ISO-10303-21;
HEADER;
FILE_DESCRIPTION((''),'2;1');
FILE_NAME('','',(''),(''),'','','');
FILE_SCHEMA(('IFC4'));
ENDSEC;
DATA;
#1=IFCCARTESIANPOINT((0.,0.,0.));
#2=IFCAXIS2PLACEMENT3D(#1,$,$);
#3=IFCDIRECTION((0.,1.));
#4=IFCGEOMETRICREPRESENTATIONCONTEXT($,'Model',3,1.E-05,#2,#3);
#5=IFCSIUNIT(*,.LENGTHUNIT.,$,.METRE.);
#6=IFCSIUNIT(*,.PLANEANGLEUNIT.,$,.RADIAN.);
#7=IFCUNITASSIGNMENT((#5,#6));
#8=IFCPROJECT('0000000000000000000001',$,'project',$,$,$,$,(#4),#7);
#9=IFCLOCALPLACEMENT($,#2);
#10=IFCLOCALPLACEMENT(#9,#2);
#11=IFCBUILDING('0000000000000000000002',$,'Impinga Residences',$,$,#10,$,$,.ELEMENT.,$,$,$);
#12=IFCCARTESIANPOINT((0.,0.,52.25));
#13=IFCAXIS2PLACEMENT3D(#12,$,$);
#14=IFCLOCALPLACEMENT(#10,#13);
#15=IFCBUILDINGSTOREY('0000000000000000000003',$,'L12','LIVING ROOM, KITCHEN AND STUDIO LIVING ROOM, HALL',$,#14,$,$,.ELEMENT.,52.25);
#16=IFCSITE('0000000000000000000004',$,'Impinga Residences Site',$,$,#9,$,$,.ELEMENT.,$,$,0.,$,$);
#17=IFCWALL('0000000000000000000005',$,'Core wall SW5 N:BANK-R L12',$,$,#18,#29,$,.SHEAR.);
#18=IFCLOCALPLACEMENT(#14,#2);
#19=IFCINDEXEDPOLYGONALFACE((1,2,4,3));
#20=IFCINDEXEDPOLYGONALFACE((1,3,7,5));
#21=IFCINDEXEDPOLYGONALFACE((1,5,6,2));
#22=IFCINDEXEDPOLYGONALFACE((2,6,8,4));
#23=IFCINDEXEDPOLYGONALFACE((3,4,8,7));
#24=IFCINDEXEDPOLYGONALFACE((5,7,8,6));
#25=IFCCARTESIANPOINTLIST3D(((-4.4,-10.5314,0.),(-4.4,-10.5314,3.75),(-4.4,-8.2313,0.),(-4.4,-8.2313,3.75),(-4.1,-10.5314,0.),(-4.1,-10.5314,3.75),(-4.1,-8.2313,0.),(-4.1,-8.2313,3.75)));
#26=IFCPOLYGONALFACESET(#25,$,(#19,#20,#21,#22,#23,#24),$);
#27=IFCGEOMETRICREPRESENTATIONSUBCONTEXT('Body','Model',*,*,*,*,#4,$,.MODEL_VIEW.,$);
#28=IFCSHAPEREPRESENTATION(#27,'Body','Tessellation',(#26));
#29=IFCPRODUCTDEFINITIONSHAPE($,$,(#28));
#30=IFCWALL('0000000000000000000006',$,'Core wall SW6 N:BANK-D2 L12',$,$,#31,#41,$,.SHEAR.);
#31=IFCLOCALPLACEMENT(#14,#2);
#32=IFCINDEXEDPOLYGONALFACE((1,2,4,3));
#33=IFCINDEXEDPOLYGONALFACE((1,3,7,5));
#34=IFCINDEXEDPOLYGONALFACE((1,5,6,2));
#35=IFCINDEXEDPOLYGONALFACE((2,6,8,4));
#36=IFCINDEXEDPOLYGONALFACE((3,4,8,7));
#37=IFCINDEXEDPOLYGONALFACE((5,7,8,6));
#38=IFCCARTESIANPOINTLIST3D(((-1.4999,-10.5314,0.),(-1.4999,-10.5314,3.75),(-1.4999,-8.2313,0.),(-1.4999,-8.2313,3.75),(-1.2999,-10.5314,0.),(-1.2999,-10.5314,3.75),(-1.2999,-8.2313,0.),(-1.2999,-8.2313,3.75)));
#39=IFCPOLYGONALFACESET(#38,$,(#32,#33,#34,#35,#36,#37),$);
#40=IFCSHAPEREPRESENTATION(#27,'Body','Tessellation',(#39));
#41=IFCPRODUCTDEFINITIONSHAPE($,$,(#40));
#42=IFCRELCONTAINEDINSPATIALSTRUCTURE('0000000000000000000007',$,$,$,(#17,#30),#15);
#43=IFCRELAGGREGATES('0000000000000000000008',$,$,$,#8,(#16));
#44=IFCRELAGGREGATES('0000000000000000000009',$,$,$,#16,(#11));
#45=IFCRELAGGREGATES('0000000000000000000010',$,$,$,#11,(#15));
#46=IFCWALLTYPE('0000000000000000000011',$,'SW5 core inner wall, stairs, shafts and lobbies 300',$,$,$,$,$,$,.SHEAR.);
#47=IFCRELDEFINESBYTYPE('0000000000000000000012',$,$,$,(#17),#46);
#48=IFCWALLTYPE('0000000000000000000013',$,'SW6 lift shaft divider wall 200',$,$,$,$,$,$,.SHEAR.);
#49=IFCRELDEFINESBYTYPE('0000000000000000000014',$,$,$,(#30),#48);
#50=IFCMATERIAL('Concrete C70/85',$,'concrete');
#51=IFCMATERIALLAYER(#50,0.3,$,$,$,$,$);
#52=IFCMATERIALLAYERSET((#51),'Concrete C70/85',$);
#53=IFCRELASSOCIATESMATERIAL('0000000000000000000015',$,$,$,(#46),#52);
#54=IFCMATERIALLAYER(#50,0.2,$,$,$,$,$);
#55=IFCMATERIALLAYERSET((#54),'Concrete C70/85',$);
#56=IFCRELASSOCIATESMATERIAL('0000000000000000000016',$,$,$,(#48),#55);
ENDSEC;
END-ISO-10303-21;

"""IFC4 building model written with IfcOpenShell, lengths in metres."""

from ifc_helpers import new_model, si_unit, direction, frame, frame_2d, origin, place, context, subcontext, project, spatial, rectangle, extrude, material, layer, layer_set, type_object, element, save


model = new_model("IFC4")

# Units and contexts
model_context = context("Model", 3, precision=1e-05, world=origin(), true_north=direction((0.0, 1.0)))
body_context = subcontext(model_context, "Body", "Model", "MODEL_VIEW")
ifc_project = project(units=[si_unit("LENGTHUNIT", "METRE"), si_unit("PLANEANGLEUNIT", "RADIAN")], contexts=[model_context])

# Site, building, storey
site_placement = place(None, origin())
site = spatial("IfcSite", under=ifc_project, at=site_placement, Name="Impinga Residences Site", CompositionType="ELEMENT", RefElevation=0.0)
building_placement = place(site_placement, origin())
building = spatial("IfcBuilding", under=site, at=building_placement, Name="Impinga Residences", CompositionType="ELEMENT")
storey_placement = place(building_placement, frame((0.0, 0.0, 52.25)))
storey = spatial("IfcBuildingStorey", under=building, at=storey_placement, Name="L12", Description="LIVING ROOM, KITCHEN AND STUDIO LIVING ROOM, HALL", CompositionType="ELEMENT", Elevation=52.25)

# Shared definitions
ifc_material_1 = material(Name="Concrete C70/85", Category="concrete")

# Walls
ifc_layer_1 = layer(ifc_material_1, 0.3)
ifc_layer_set_1 = layer_set([ifc_layer_1], Name="Concrete C70/85")
wall_type_1 = type_object("IfcWallType", Name="SW5 core inner wall, stairs, shafts and lobbies 300", PredefinedType="SHEAR", material=ifc_layer_set_1)
wall_1_placement = place(storey_placement, frame((-4.25, -8.2314, 0.0), z_axis=(0.0, 0.0, 1.0), x_axis=(0.0, -1.0, 0.0)))
element("IfcWall", 1, at=wall_1_placement, inside=storey, type_object=wall_type_1, Name="Core wall SW5 N:BANK-R L12", PredefinedType="SHEAR", context=body_context, shape_type="SweptSolid", body=[
    extrude(rectangle(XDim=2.3, YDim=0.3, at=frame_2d((1.1499, 0.0))), origin(), (0.0, 0.0, 1.0), 3.75),
])
ifc_layer_2 = layer(ifc_material_1, 0.2)
ifc_layer_set_2 = layer_set([ifc_layer_2], Name="Concrete C70/85")
wall_type_2 = type_object("IfcWallType", Name="SW6 lift shaft divider wall 200", PredefinedType="SHEAR", material=ifc_layer_set_2)
wall_2_placement = place(storey_placement, frame((-1.3999, -8.2314, 0.0), z_axis=(0.0, 0.0, 1.0), x_axis=(0.0, -1.0, 0.0)))
element("IfcWall", 2, at=wall_2_placement, inside=storey, type_object=wall_type_2, Name="Core wall SW6 N:BANK-D2 L12", PredefinedType="SHEAR", context=body_context, shape_type="SweptSolid", body=[
    extrude(rectangle(XDim=2.3, YDim=0.2, at=frame_2d((1.1499, 0.0))), origin(), (0.0, 0.0, 1.0), 3.75),
])

save(model, "model.ifc")
